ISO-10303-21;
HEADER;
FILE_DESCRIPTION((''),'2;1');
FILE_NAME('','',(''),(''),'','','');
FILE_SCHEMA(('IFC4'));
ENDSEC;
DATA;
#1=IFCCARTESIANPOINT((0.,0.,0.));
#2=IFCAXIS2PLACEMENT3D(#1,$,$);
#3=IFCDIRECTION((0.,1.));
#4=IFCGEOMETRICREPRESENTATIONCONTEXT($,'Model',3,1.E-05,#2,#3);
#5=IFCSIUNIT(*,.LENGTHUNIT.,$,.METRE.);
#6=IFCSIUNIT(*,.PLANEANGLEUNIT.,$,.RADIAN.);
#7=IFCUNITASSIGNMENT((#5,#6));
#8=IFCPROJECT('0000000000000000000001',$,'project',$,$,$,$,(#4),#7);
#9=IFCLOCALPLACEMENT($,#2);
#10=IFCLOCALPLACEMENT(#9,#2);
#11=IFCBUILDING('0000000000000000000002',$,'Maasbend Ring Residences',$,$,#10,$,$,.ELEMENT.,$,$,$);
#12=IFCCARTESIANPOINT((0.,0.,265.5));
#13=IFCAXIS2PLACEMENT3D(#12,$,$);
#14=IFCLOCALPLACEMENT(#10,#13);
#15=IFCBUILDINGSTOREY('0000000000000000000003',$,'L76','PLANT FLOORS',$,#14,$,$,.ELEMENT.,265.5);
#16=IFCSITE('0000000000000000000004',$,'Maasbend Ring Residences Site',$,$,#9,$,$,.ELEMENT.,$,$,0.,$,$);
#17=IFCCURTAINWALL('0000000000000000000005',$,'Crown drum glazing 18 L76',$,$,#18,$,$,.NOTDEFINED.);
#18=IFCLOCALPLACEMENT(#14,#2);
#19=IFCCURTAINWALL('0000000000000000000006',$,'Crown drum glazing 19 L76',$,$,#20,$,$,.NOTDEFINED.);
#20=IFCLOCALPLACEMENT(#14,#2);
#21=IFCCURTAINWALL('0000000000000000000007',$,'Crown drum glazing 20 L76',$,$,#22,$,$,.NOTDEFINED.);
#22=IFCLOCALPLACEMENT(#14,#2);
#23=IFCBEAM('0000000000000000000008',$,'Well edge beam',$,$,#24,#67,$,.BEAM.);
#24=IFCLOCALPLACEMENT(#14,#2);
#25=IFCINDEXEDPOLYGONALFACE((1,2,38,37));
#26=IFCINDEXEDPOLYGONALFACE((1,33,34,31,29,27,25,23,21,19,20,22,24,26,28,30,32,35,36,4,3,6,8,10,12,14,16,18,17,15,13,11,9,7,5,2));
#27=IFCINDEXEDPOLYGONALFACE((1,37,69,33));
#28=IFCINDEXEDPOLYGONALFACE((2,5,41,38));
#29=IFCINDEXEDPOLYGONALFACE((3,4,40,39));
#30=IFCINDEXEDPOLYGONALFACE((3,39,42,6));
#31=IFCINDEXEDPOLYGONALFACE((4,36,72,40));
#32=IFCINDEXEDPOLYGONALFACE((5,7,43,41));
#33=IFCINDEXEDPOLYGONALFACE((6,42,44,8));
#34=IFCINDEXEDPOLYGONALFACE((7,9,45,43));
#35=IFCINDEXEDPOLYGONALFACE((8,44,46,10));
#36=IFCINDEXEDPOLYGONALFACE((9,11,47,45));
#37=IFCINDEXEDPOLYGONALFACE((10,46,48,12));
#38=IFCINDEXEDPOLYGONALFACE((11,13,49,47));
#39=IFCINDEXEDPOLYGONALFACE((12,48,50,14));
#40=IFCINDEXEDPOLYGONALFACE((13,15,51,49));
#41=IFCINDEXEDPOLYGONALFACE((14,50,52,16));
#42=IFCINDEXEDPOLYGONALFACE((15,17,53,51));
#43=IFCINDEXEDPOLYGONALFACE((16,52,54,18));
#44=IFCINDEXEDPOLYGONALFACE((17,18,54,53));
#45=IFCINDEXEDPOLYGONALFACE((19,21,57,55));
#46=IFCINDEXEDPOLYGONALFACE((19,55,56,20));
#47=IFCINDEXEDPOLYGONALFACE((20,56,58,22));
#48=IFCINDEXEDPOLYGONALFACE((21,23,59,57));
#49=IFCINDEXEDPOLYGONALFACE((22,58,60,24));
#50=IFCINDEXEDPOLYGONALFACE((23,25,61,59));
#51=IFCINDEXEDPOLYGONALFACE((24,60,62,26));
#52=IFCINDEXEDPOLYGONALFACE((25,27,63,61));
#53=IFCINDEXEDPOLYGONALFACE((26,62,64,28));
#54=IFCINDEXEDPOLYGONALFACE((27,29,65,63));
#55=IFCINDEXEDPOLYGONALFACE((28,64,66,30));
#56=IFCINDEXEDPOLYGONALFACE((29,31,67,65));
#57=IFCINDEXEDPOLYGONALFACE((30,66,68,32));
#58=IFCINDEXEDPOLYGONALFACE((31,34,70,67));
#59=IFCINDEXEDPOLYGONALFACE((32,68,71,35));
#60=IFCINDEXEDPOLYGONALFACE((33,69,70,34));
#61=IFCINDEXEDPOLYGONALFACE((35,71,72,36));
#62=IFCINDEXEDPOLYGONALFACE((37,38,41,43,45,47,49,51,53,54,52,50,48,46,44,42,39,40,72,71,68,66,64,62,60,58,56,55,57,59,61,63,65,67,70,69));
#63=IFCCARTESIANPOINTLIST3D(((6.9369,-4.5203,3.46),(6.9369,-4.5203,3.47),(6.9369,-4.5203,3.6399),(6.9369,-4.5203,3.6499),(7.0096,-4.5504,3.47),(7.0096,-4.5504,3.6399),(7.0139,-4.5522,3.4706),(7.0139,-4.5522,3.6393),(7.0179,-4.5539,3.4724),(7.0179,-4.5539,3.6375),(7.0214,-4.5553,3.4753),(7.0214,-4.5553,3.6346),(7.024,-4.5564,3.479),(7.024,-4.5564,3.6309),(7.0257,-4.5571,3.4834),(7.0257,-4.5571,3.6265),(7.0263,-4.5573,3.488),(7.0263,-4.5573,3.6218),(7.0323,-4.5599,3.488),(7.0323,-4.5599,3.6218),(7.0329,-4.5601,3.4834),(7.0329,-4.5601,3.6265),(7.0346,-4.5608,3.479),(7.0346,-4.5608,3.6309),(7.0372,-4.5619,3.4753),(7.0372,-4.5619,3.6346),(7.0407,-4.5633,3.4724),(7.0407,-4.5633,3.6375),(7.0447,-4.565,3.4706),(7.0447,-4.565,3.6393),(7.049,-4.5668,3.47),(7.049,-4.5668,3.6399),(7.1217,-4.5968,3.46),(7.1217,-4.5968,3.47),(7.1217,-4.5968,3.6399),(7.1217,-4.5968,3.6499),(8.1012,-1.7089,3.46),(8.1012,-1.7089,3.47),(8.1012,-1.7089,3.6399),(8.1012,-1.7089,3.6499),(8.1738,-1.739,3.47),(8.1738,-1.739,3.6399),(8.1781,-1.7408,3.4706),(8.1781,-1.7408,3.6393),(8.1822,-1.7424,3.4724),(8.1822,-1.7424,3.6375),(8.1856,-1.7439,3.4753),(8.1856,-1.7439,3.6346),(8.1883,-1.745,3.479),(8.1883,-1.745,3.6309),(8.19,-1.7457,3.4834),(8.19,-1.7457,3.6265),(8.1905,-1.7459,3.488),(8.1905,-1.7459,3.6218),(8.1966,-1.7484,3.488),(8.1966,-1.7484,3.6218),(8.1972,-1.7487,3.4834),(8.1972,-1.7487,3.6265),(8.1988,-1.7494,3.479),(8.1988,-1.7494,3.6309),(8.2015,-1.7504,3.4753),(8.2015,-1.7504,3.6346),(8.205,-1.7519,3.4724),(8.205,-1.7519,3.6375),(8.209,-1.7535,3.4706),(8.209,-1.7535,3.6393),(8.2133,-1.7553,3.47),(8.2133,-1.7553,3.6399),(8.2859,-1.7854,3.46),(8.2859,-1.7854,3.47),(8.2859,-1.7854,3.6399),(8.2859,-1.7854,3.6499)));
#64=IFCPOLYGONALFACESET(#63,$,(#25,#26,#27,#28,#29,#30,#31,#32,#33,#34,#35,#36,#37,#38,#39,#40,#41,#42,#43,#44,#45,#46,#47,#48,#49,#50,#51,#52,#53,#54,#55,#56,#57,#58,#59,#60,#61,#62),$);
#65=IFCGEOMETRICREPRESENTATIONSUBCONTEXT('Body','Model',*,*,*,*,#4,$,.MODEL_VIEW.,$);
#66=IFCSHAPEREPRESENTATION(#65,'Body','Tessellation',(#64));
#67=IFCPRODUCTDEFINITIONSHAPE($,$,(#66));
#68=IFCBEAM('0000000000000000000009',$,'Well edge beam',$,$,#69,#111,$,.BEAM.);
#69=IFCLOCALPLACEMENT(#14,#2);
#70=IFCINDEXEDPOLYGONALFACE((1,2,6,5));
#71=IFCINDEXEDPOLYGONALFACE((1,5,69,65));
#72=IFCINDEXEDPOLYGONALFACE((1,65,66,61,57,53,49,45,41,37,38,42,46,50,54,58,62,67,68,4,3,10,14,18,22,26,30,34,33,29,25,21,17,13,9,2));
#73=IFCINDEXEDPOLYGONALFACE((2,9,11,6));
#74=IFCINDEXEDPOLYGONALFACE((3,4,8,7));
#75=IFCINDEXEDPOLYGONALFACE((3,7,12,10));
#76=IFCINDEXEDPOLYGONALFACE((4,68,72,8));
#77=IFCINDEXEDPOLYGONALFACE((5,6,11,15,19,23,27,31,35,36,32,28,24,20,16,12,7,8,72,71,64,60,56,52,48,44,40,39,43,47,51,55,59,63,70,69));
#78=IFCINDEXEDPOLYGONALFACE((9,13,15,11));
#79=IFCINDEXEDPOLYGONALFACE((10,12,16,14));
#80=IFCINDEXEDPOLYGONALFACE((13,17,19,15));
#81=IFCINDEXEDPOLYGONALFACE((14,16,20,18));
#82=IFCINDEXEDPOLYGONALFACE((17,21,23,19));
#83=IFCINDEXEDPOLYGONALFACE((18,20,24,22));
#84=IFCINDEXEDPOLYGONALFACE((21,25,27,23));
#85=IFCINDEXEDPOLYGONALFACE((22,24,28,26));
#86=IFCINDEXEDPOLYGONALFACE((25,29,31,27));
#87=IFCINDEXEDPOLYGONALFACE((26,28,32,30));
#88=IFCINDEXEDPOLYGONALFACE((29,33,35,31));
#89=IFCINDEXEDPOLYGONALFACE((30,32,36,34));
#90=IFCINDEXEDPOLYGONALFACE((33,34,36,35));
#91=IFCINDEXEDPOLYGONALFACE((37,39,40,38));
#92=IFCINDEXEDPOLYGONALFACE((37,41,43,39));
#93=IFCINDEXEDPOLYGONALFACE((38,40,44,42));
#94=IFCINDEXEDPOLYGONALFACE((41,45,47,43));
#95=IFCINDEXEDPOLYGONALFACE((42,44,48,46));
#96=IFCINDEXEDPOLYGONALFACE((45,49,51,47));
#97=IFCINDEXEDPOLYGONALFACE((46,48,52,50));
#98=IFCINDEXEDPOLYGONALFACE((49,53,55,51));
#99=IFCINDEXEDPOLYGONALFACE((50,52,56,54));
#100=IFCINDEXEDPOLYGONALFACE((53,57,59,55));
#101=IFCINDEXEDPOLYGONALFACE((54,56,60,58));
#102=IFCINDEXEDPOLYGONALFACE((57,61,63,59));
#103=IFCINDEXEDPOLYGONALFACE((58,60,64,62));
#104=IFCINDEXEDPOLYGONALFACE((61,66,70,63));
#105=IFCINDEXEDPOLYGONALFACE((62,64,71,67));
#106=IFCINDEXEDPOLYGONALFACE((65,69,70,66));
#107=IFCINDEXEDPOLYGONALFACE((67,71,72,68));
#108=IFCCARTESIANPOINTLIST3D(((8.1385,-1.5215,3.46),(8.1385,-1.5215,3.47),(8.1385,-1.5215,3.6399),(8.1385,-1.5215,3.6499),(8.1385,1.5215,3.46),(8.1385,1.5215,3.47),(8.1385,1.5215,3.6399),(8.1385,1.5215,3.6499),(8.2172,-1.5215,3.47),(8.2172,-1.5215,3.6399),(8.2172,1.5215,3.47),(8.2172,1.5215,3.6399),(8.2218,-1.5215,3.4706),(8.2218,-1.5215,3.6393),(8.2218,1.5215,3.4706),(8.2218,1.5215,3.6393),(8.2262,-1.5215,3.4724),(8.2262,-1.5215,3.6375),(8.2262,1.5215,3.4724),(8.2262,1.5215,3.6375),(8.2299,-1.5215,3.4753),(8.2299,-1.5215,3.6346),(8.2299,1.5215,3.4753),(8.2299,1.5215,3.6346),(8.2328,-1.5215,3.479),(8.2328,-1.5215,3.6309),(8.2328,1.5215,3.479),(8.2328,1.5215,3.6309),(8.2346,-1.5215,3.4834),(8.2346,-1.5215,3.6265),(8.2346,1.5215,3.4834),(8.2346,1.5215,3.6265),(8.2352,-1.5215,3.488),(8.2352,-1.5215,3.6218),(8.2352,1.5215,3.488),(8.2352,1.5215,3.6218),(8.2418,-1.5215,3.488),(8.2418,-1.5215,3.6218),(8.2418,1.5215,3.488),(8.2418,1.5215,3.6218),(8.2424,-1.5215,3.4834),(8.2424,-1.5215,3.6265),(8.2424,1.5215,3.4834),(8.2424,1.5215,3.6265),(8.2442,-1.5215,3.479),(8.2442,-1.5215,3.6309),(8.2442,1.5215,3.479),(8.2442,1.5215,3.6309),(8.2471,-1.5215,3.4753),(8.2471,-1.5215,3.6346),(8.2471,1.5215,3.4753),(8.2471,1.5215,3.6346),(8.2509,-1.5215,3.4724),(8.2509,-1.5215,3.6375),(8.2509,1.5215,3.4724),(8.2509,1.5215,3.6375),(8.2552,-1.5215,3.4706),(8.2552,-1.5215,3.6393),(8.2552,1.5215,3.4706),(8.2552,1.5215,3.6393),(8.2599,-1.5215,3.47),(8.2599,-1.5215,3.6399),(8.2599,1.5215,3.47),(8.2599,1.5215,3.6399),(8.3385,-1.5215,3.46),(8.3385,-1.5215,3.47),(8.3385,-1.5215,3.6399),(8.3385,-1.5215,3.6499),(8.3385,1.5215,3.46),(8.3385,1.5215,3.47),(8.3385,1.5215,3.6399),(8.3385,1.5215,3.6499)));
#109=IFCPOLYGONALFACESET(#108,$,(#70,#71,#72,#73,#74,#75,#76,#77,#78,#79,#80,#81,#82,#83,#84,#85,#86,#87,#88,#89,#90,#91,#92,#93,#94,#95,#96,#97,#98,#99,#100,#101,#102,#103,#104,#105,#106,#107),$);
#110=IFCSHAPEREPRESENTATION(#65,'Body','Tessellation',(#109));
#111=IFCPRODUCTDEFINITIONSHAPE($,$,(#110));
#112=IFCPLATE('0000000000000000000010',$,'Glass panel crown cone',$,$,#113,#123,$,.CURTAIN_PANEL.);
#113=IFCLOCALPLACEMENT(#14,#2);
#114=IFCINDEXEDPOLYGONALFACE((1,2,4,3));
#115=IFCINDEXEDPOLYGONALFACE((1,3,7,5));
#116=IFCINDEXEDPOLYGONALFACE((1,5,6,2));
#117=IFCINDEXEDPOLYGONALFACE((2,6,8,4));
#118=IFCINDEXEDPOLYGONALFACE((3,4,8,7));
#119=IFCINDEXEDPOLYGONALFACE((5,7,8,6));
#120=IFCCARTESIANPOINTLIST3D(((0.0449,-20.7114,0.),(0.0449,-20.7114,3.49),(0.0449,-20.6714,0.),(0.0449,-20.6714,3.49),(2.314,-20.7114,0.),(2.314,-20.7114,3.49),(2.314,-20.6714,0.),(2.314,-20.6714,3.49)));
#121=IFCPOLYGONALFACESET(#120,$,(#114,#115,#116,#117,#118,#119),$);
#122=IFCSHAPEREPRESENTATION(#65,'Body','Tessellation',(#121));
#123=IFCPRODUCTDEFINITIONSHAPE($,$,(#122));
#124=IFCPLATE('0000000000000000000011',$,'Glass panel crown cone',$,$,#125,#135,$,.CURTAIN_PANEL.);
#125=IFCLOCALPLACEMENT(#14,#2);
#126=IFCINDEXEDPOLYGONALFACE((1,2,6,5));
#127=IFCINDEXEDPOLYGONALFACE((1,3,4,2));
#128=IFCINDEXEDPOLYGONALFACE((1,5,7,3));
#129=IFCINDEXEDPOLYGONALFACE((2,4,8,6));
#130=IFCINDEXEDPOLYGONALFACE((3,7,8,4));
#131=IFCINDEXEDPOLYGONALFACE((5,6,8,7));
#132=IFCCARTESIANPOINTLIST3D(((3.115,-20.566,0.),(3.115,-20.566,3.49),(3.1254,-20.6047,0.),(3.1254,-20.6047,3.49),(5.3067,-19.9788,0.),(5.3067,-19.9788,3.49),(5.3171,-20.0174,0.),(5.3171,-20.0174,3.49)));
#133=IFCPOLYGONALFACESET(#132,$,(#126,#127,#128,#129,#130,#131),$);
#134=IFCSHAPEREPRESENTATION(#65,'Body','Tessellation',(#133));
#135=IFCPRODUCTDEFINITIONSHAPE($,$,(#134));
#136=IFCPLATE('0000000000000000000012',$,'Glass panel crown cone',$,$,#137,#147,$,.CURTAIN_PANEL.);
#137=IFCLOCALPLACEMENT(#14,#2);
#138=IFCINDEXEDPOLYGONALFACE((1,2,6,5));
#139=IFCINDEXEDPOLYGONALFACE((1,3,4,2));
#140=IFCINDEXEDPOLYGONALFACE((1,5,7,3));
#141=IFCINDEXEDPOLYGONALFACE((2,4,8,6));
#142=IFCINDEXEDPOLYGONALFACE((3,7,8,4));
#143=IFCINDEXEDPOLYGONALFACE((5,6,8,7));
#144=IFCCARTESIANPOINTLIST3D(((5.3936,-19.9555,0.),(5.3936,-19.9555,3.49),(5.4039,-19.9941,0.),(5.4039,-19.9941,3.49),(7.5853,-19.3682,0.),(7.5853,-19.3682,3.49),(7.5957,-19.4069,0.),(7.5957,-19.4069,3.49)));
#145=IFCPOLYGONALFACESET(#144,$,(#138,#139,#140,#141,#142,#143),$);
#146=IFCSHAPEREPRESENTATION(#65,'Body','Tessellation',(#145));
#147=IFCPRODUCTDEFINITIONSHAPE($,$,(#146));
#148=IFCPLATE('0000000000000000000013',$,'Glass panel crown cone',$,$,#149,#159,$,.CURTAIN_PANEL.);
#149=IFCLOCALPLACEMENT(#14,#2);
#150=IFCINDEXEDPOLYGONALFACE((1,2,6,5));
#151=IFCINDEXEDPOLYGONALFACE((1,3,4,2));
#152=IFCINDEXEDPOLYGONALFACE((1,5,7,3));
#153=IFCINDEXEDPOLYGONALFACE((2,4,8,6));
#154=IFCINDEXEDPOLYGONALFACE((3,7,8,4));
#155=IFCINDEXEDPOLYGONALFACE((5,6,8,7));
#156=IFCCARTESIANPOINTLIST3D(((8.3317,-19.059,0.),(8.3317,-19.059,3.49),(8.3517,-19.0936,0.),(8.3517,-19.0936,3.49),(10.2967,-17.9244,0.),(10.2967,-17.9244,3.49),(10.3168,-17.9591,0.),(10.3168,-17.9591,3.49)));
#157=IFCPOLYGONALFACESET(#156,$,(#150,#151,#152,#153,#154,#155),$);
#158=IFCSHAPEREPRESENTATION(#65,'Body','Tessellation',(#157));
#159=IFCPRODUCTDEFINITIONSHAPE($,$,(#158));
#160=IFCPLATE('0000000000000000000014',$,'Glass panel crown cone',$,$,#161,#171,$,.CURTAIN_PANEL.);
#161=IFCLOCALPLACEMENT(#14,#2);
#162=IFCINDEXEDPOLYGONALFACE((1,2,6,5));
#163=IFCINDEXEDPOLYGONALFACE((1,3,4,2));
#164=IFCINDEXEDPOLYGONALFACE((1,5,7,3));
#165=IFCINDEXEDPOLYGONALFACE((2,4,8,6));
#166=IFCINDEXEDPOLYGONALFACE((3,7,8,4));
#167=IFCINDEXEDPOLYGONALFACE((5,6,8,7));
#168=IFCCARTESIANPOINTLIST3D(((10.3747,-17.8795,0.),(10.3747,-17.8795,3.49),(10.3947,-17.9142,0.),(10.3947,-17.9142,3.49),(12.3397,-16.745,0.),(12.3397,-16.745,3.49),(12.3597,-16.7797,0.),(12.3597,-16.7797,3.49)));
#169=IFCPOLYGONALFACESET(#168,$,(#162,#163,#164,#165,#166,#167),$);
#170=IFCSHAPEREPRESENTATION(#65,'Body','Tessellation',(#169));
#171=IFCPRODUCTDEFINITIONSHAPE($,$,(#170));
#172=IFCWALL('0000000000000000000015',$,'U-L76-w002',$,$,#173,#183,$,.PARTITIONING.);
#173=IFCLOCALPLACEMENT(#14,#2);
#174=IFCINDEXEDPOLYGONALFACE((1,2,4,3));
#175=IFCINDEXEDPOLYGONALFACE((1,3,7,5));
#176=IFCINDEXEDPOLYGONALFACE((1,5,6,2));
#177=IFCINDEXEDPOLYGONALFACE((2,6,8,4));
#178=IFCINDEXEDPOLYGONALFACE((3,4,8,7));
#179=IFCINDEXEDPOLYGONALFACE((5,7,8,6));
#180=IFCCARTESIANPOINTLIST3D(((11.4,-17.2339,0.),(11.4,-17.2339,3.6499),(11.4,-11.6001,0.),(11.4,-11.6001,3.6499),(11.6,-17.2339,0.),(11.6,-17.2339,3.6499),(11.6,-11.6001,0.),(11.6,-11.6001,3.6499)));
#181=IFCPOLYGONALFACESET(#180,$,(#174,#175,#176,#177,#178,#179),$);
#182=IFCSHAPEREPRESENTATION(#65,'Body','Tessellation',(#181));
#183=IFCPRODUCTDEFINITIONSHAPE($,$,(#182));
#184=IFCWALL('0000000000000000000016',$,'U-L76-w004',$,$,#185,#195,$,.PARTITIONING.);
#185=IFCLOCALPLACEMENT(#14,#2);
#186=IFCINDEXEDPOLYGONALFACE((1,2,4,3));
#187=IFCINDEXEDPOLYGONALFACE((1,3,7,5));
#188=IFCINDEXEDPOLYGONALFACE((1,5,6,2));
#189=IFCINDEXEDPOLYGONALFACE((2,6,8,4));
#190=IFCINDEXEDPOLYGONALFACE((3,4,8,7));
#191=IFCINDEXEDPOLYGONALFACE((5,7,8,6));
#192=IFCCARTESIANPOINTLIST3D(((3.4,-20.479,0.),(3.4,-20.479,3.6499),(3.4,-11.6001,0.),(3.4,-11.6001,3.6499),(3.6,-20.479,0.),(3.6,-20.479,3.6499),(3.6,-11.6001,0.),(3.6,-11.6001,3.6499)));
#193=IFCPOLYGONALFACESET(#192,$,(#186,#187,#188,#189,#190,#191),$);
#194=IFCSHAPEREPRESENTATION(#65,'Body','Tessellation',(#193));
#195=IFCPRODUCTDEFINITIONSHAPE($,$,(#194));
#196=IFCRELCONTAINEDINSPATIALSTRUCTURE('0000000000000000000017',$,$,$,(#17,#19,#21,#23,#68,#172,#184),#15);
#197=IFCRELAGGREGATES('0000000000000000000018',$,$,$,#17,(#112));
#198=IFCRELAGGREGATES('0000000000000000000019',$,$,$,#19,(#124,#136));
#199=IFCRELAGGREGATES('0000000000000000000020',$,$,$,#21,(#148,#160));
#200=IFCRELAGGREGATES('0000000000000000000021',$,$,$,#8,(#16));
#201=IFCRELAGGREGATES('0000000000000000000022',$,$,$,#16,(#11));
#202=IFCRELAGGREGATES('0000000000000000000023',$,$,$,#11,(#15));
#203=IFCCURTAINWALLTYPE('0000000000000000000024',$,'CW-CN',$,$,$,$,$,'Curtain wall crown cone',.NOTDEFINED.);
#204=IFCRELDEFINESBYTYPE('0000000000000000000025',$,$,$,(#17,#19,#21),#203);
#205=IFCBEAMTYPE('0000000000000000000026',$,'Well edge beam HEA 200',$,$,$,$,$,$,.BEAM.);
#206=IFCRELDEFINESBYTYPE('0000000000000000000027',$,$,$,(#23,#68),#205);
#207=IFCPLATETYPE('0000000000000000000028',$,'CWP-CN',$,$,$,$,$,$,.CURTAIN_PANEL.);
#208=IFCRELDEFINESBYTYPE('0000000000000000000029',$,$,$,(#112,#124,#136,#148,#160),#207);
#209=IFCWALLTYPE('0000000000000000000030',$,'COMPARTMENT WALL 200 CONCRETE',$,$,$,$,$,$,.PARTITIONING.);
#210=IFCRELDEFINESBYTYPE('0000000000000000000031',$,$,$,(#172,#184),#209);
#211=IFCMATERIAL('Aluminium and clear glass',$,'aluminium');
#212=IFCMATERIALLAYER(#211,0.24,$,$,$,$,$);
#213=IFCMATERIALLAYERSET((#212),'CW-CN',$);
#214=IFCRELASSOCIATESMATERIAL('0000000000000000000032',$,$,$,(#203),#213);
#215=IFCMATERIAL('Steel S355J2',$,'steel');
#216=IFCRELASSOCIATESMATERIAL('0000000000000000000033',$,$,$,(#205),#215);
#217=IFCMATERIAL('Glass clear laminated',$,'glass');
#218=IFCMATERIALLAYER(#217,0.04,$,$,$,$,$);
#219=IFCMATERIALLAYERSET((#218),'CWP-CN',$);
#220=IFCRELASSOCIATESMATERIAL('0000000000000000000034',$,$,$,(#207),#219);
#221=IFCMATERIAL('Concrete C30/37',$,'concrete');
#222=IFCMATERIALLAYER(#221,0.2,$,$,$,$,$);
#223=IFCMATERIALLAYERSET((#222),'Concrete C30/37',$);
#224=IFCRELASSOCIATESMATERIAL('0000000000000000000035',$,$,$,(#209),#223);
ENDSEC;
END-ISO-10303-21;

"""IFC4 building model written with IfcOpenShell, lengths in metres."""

from ifc_helpers import new_model, si_unit, direction, frame, frame_2d, origin, origin_2d, place, context, subcontext, project, spatial, rectangle, i_section, extrude, material, layer, layer_set, material_profile, profile_set, type_object, element, aggregate, save


model = new_model("IFC4")

# Units and contexts
model_context = context("Model", 3, precision=1e-05, world=origin(), true_north=direction((0.0, 1.0)))
body_context = subcontext(model_context, "Body", "Model", "MODEL_VIEW")
ifc_project = project(units=[si_unit("LENGTHUNIT", "METRE"), si_unit("PLANEANGLEUNIT", "RADIAN")], contexts=[model_context])

# Site, building, storey
site_placement = place(None, origin())
site = spatial("IfcSite", under=ifc_project, at=site_placement, Name="Maasbend Ring Residences Site", CompositionType="ELEMENT", RefElevation=0.0)
building_placement = place(site_placement, origin())
building = spatial("IfcBuilding", under=site, at=building_placement, Name="Maasbend Ring Residences", CompositionType="ELEMENT")
storey_placement = place(building_placement, frame((0.0, 0.0, 265.5)))
storey = spatial("IfcBuildingStorey", under=building, at=storey_placement, Name="L76", Description="PLANT FLOORS", CompositionType="ELEMENT", Elevation=265.5)

# Curtain walls
ifc_material_1 = material(Name="Aluminium and clear glass", Category="aluminium")
ifc_layer_1 = layer(ifc_material_1, 0.24)
ifc_layer_set_1 = layer_set([ifc_layer_1], Name="CW-CN")
curtain_wall_type = type_object("IfcCurtainWallType", Name="CW-CN", ElementType="Curtain wall crown cone", PredefinedType="NOTDEFINED", material=ifc_layer_set_1)
curtain_wall_1_placement = place(storey_placement, origin())
curtain_wall_1 = element("IfcCurtainWall", 1, at=curtain_wall_1_placement, inside=storey, type_object=curtain_wall_type, Name="Crown drum glazing 18 L76", PredefinedType="NOTDEFINED")
curtain_wall_2_placement = place(storey_placement, origin())
curtain_wall_2 = element("IfcCurtainWall", 2, at=curtain_wall_2_placement, inside=storey, type_object=curtain_wall_type, Name="Crown drum glazing 19 L76", PredefinedType="NOTDEFINED")
curtain_wall_3_placement = place(storey_placement, origin())
curtain_wall_3 = element("IfcCurtainWall", 3, at=curtain_wall_3_placement, inside=storey, type_object=curtain_wall_type, Name="Crown drum glazing 20 L76", PredefinedType="NOTDEFINED")

# Beams
ifc_material_2 = material(Name="Steel S355J2", Category="steel")
ifc_material_profile_1 = material_profile(ifc_material_2, i_section(OverallWidth=0.2, OverallDepth=0.1899, WebThickness=0.0066, FlangeThickness=0.01, FilletRadius=0.0181, at=origin_2d()), Name="HEA 200")
ifc_profile_set_1 = profile_set([ifc_material_profile_1], Name="Steel S355J2")
beam_type_1 = type_object("IfcBeamType", Name="Well edge beam HEA 200", PredefinedType="BEAM", material=ifc_profile_set_1)
for number, where, z_axis, x_axis, name in (
    (4, (7.0293, -4.5586, 3.5549), (0.382609, 0.92391, 0.0), (-0.92391, 0.382609, 0.0), "Well edge beam"),
    (5, (8.2385, -1.5215, 3.5549), (0.0, 1.0, 0.0), (-1.0, 0.0, 0.0), "Well edge beam"),
):
    element("IfcBeam", number, at=place(storey_placement, frame(where, z_axis=z_axis, x_axis=x_axis)), inside=storey, type_object=beam_type_1, Name=name, PredefinedType="BEAM", context=body_context, shape_type="SweptSolid", body=[
        extrude(i_section(OverallWidth=0.2, OverallDepth=0.1899, WebThickness=0.0066, FlangeThickness=0.01, FilletRadius=0.0181, at=origin_2d()), origin(), (0.0, 0.0, 1.0), 3.043),
    ])

# Plates
ifc_material_3 = material(Name="Glass clear laminated", Category="glass")
ifc_layer_2 = layer(ifc_material_3, 0.04)
ifc_layer_set_2 = layer_set([ifc_layer_2], Name="CWP-CN")
plate_type = type_object("IfcPlateType", Name="CWP-CN", PredefinedType="CURTAIN_PANEL", material=ifc_layer_set_2)
plate_1_placement = place(storey_placement, frame((1.1794, -20.6914, 0.0), z_axis=(0.0, 0.0, 1.0), x_axis=(1.0, 0.0, 0.0)))
plate_1 = element("IfcPlate", 6, at=plate_1_placement, type_object=plate_type, Name="Glass panel crown cone", PredefinedType="CURTAIN_PANEL", context=body_context, shape_type="SweptSolid", body=[
    extrude(rectangle(XDim=2.269, YDim=0.04, at=origin_2d()), origin(), (0.0, 0.0, 1.0), 3.49),
])
aggregate(curtain_wall_1, [plate_1])
plate_2_placement = place(storey_placement, frame((4.2161, -20.2917, 0.0), z_axis=(0.0, 0.0, 1.0), x_axis=(0.965926, 0.258819, 0.0)))
plate_2 = element("IfcPlate", 7, at=plate_2_placement, type_object=plate_type, Name="Glass panel crown cone", PredefinedType="CURTAIN_PANEL", context=body_context, shape_type="SweptSolid", body=[
    extrude(rectangle(XDim=2.269, YDim=0.04, at=origin_2d()), origin(), (0.0, 0.0, 1.0), 3.49),
])
plate_3_placement = place(storey_placement, frame((6.4946, -19.6812, 0.0), z_axis=(0.0, 0.0, 1.0), x_axis=(0.965926, 0.258819, 0.0)))
plate_3 = element("IfcPlate", 8, at=plate_3_placement, type_object=plate_type, Name="Glass panel crown cone", PredefinedType="CURTAIN_PANEL", context=body_context, shape_type="SweptSolid", body=[
    extrude(rectangle(XDim=2.269, YDim=0.04, at=origin_2d()), origin(), (0.0, 0.0, 1.0), 3.49),
])
aggregate(curtain_wall_2, [plate_2, plate_3])
plate_4_placement = place(storey_placement, frame((9.3242, -18.509, 0.0), z_axis=(0.0, 0.0, 1.0), x_axis=(0.866025, 0.5, 0.0)))
plate_4 = element("IfcPlate", 9, at=plate_4_placement, type_object=plate_type, Name="Glass panel crown cone", PredefinedType="CURTAIN_PANEL", context=body_context, shape_type="SweptSolid", body=[
    extrude(rectangle(XDim=2.269, YDim=0.04, at=origin_2d()), origin(), (0.0, 0.0, 1.0), 3.49),
])
plate_5_placement = place(storey_placement, frame((11.3672, -17.3296, 0.0), z_axis=(0.0, 0.0, 1.0), x_axis=(0.866025, 0.5, 0.0)))
plate_5 = element("IfcPlate", 10, at=plate_5_placement, type_object=plate_type, Name="Glass panel crown cone", PredefinedType="CURTAIN_PANEL", context=body_context, shape_type="SweptSolid", body=[
    extrude(rectangle(XDim=2.269, YDim=0.04, at=origin_2d()), origin(), (0.0, 0.0, 1.0), 3.49),
])
aggregate(curtain_wall_3, [plate_4, plate_5])

# Walls
ifc_material_4 = material(Name="Concrete C30/37", Category="concrete")
ifc_layer_3 = layer(ifc_material_4, 0.2)
ifc_layer_set_3 = layer_set([ifc_layer_3], Name="Concrete C30/37")
wall_type_1 = type_object("IfcWallType", Name="COMPARTMENT WALL 200 CONCRETE", PredefinedType="PARTITIONING", material=ifc_layer_set_3)
wall_1_placement = place(storey_placement, frame((11.5, -17.2339, 0.0), z_axis=(0.0, 0.0, 1.0), x_axis=(0.0, 1.0, 0.0)))
element("IfcWall", 11, at=wall_1_placement, inside=storey, type_object=wall_type_1, Name="U-L76-w002", PredefinedType="PARTITIONING", context=body_context, shape_type="SweptSolid", body=[
    extrude(rectangle(XDim=5.6338, YDim=0.2, at=frame_2d((2.8169, 0.0))), origin(), (0.0, 0.0, 1.0), 3.6499),
])
wall_2_placement = place(storey_placement, frame((3.5, -20.479, 0.0), z_axis=(0.0, 0.0, 1.0), x_axis=(0.0, 1.0, 0.0)))
element("IfcWall", 12, at=wall_2_placement, inside=storey, type_object=wall_type_1, Name="U-L76-w004", PredefinedType="PARTITIONING", context=body_context, shape_type="SweptSolid", body=[
    extrude(rectangle(XDim=8.8789, YDim=0.2, at=frame_2d((4.4395, 0.0))), origin(), (0.0, 0.0, 1.0), 3.6499),
])

save(model, "model.ifc")
